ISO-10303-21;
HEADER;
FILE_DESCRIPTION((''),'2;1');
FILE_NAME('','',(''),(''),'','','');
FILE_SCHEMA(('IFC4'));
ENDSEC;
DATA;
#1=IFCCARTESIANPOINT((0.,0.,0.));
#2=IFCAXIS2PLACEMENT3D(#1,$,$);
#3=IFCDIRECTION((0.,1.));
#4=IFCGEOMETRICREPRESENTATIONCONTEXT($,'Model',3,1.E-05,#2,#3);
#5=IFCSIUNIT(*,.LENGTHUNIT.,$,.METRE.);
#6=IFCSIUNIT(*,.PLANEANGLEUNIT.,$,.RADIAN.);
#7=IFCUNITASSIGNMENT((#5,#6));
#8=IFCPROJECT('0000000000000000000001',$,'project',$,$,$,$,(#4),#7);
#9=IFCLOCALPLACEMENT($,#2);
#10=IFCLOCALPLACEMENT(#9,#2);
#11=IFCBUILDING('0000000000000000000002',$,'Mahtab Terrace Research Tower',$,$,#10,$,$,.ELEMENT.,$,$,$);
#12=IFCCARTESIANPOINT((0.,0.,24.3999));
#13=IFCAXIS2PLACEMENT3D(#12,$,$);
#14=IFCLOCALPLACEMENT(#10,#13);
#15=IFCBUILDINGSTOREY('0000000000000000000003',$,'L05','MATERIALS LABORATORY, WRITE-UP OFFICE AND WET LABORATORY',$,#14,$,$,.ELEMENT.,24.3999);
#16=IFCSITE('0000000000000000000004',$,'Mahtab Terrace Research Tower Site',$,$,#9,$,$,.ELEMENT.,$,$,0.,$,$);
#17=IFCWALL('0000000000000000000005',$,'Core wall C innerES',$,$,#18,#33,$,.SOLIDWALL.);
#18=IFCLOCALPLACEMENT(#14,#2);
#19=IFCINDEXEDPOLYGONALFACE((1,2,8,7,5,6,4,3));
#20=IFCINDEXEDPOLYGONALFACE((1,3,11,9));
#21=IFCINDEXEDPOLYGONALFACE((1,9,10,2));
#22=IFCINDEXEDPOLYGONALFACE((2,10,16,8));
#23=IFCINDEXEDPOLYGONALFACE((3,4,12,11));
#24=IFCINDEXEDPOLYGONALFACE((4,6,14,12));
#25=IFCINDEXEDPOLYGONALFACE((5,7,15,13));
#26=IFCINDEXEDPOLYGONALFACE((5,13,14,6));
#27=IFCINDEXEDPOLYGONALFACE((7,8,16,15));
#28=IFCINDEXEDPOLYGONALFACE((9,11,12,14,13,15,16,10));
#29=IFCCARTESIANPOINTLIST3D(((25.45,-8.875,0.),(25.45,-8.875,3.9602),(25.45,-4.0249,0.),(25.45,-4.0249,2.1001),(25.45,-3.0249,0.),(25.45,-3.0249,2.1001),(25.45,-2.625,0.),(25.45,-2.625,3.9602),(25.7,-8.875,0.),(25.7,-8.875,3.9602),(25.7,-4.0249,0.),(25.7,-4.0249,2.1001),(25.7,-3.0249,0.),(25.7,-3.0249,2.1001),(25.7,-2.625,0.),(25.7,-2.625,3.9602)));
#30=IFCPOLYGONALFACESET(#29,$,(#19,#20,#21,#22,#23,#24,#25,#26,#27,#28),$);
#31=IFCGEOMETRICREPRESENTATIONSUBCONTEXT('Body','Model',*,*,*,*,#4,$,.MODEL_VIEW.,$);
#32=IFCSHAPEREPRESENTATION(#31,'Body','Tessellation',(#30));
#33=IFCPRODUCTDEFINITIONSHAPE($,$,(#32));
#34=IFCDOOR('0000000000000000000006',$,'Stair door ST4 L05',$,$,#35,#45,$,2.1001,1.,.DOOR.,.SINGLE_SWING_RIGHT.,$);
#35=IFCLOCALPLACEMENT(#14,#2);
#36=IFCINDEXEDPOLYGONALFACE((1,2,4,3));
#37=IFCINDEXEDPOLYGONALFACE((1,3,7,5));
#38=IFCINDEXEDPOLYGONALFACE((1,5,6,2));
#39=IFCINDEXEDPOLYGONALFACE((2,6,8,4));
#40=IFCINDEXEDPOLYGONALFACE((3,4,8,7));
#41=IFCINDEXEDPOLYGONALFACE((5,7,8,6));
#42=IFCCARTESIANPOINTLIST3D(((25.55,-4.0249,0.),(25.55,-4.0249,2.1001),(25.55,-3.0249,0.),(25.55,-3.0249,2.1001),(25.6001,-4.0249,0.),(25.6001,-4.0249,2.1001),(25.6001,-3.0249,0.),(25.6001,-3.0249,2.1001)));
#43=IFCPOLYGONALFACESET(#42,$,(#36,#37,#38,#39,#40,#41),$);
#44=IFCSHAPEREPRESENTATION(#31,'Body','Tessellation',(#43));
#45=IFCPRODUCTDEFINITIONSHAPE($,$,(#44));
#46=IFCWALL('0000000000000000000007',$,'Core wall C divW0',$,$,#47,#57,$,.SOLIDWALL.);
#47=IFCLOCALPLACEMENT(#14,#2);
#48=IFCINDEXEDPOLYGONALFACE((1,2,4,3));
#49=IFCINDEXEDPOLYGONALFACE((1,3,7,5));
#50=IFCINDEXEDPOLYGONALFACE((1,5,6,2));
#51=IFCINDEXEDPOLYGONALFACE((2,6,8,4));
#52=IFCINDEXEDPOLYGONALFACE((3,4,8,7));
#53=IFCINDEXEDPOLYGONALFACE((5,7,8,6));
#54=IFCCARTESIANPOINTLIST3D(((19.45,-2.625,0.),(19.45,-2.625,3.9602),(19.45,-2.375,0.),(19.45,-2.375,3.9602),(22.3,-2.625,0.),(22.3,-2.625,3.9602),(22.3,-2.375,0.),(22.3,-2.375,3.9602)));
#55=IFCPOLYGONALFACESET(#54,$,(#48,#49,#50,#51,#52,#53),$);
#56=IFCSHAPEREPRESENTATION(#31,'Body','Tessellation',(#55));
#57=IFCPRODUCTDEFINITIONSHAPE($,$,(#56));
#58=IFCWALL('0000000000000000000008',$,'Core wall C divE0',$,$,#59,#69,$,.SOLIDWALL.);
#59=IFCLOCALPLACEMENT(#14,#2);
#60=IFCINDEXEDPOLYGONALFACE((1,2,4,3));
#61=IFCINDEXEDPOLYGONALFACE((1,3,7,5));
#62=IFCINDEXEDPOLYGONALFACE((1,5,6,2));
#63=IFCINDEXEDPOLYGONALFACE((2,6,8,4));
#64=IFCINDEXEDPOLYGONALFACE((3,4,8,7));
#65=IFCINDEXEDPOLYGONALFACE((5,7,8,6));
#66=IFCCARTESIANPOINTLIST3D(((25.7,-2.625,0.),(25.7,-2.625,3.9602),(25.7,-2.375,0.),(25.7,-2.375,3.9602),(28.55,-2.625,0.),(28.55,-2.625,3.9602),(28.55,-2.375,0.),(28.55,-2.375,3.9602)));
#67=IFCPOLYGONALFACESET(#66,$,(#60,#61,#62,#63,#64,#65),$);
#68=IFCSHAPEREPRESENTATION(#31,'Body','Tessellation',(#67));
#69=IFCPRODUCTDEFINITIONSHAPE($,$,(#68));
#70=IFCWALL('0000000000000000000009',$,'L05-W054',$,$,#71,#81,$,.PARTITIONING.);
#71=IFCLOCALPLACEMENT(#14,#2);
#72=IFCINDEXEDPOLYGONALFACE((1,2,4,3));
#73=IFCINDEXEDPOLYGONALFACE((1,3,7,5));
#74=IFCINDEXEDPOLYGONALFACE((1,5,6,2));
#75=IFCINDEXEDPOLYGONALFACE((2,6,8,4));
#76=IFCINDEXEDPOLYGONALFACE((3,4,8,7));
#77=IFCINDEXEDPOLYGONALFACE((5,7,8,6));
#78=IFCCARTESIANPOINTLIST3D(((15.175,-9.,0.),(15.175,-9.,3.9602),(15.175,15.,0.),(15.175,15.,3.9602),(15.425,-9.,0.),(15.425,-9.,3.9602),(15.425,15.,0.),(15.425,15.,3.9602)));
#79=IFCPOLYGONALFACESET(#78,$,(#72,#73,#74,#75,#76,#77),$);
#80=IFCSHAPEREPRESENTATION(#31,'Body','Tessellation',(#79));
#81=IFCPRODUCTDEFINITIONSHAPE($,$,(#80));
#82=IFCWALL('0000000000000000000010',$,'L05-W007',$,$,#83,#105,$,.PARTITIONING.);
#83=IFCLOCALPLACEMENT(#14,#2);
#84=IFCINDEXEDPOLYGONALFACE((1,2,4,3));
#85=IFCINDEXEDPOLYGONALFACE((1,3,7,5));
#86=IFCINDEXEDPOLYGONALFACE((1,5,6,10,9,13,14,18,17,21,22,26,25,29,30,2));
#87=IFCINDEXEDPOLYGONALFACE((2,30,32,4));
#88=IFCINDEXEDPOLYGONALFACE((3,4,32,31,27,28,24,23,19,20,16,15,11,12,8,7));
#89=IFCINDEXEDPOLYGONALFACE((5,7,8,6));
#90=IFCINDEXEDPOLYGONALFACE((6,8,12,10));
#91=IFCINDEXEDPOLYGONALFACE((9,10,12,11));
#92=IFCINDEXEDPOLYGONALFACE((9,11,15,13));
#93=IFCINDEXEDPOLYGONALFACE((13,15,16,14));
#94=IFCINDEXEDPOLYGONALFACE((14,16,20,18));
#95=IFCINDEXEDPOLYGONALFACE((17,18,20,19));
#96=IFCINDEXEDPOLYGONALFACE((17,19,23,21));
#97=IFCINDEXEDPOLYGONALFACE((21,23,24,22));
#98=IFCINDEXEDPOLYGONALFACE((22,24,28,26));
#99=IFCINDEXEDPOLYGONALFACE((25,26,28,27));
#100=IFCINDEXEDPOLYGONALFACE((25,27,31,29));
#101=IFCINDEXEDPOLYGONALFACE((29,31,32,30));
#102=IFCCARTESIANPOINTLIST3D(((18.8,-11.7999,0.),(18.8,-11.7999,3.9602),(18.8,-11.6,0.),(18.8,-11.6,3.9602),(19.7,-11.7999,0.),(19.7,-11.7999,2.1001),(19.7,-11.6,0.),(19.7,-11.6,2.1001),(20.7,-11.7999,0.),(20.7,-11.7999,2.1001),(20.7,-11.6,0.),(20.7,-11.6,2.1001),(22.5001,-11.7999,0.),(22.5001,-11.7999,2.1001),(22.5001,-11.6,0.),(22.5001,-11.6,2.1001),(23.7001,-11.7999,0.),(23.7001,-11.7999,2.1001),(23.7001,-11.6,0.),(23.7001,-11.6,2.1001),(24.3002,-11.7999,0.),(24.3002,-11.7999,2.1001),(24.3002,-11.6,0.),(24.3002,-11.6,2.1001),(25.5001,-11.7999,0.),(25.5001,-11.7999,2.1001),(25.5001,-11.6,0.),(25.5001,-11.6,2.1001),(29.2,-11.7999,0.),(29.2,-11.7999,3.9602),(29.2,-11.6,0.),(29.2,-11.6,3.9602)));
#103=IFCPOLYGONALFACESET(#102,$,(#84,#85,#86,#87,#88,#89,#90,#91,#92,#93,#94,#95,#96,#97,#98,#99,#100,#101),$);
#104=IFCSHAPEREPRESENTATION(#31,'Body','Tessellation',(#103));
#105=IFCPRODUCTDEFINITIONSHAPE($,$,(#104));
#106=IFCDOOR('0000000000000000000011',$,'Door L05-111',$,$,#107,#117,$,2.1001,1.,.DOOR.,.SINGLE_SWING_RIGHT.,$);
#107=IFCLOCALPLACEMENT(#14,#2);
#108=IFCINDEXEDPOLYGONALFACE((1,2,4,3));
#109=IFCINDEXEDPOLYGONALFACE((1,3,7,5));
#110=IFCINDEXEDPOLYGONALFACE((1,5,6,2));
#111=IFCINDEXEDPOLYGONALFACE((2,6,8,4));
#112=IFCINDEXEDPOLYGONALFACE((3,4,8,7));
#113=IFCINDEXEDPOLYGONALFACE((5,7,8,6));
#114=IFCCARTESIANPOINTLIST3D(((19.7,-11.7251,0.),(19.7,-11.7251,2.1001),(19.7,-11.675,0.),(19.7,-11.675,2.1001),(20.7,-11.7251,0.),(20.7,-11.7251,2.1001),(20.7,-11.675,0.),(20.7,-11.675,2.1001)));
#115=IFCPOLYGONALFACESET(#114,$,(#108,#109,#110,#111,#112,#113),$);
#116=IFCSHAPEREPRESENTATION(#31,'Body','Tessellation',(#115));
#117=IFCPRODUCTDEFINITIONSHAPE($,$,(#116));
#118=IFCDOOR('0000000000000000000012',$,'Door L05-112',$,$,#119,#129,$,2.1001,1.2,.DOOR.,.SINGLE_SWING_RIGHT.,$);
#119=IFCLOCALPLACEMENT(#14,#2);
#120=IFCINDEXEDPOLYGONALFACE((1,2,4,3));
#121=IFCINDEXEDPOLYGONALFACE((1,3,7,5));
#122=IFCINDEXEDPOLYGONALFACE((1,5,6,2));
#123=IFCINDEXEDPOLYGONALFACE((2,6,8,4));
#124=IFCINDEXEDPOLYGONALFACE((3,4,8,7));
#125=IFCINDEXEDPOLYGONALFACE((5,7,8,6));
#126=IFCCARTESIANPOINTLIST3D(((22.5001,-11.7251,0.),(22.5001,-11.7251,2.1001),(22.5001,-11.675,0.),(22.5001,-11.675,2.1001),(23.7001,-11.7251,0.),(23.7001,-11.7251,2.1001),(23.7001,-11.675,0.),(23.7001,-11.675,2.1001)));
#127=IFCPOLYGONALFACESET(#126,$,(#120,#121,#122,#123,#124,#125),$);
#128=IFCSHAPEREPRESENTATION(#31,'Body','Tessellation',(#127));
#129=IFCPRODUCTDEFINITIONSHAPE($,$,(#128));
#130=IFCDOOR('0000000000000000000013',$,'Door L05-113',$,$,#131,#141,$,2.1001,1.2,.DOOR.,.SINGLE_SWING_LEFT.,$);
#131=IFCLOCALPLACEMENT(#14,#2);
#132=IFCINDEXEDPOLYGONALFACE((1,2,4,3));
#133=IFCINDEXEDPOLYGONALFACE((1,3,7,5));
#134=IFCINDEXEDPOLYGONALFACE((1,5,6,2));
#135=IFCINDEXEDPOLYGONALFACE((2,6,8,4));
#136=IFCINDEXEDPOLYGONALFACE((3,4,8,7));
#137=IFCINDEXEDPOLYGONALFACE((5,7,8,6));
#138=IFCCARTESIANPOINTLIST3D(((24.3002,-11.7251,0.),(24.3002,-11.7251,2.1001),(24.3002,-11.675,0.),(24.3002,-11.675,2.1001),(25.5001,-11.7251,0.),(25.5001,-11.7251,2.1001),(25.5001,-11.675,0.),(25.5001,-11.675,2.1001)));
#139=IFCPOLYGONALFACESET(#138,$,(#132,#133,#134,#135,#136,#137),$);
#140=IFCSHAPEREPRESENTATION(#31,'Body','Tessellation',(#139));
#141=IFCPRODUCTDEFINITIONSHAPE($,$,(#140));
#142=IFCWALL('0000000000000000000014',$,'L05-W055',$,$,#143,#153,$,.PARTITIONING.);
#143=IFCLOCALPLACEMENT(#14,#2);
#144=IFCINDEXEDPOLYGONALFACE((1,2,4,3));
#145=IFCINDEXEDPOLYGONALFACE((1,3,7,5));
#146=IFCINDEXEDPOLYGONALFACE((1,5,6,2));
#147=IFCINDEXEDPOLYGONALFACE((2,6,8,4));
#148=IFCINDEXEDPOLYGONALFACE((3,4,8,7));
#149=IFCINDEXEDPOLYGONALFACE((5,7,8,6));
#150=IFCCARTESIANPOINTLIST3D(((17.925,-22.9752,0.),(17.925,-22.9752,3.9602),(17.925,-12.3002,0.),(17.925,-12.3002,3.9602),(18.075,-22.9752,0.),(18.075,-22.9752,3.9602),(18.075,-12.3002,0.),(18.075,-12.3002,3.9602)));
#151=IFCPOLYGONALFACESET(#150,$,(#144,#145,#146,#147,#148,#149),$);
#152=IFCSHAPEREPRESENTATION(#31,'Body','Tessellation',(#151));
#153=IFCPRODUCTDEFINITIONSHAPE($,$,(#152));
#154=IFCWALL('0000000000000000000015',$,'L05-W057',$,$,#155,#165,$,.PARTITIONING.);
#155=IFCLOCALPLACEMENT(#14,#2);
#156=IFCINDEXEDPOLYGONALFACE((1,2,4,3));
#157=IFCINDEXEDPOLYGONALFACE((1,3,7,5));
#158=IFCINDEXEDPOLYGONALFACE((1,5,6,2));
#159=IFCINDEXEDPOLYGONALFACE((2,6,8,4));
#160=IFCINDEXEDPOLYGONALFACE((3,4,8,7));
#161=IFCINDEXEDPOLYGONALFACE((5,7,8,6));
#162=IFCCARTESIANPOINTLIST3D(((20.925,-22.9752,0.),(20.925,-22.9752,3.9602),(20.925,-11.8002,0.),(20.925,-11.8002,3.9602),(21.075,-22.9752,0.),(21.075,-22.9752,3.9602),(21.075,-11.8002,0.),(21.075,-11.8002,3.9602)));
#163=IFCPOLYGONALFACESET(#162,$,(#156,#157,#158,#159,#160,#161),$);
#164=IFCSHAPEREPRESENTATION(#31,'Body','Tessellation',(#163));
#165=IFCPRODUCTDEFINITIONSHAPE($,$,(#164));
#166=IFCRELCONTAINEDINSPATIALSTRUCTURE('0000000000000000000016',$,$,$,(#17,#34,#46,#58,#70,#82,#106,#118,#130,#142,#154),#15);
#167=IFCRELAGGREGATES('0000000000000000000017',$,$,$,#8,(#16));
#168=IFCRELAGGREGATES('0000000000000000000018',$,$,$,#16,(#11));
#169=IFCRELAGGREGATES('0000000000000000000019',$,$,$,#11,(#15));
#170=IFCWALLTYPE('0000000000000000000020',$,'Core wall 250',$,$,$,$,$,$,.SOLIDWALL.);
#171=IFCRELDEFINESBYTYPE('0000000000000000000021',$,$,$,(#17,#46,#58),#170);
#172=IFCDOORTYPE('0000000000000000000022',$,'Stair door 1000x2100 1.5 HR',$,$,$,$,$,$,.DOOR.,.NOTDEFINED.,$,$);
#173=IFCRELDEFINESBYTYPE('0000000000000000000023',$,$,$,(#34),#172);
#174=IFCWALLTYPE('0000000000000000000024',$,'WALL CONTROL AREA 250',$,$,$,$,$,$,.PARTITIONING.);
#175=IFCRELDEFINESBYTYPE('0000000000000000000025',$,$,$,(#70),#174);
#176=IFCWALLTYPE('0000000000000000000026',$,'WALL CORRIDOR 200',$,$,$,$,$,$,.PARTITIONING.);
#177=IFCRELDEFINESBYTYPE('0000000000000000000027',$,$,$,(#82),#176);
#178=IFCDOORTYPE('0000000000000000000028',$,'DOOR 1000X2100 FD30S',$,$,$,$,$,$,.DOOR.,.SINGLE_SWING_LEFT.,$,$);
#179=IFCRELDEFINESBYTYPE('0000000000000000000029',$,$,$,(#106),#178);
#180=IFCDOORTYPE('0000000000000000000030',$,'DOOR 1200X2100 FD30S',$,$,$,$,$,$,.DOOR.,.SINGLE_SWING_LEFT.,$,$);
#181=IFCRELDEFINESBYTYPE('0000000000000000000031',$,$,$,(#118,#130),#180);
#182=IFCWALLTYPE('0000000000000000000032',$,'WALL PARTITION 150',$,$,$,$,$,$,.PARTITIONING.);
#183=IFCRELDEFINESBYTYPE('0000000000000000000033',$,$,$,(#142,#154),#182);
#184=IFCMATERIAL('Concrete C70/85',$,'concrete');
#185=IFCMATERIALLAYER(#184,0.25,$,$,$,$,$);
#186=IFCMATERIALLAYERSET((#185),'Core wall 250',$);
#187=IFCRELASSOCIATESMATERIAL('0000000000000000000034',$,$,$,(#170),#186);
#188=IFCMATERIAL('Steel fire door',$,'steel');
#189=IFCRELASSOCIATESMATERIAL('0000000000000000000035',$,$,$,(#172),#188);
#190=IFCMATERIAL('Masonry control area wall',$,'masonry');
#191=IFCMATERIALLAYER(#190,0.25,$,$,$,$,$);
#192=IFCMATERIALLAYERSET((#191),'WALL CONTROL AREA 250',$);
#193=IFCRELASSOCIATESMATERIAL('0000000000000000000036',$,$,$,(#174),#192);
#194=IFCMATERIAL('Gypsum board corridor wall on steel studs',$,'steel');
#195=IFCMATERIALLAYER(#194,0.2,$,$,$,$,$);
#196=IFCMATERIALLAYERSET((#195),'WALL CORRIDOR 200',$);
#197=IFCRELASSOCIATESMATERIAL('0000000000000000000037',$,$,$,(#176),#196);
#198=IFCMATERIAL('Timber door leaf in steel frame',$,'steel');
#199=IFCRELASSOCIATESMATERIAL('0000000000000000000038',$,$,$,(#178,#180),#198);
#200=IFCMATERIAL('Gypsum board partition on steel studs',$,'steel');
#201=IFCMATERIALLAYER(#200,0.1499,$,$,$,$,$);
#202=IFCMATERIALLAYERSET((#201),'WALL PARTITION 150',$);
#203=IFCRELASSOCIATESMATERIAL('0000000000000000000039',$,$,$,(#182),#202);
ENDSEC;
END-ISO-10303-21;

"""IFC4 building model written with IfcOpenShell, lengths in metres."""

from ifc_helpers import new_model, si_unit, direction, frame, frame_2d, origin, place, context, subcontext, project, spatial, rectangle, extrude, material, layer, layer_set, type_object, element, fill, save


model = new_model("IFC4")

# Units and contexts
model_context = context("Model", 3, precision=1e-05, world=origin(), true_north=direction((0.0, 1.0)))
body_context = subcontext(model_context, "Body", "Model", "MODEL_VIEW")
ifc_project = project(units=[si_unit("LENGTHUNIT", "METRE"), si_unit("PLANEANGLEUNIT", "RADIAN")], contexts=[model_context])

# Site, building, storey
site_placement = place(None, origin())
site = spatial("IfcSite", under=ifc_project, at=site_placement, Name="Mahtab Terrace Research Tower Site", CompositionType="ELEMENT", RefElevation=0.0)
building_placement = place(site_placement, origin())
building = spatial("IfcBuilding", under=site, at=building_placement, Name="Mahtab Terrace Research Tower", CompositionType="ELEMENT")
storey_placement = place(building_placement, frame((0.0, 0.0, 24.3999)))
storey = spatial("IfcBuildingStorey", under=building, at=storey_placement, Name="L05", Description="MATERIALS LABORATORY, WRITE-UP OFFICE AND WET LABORATORY", CompositionType="ELEMENT", Elevation=24.3999)

# Shared definitions
ifc_material_1 = material(Name="Concrete C70/85", Category="concrete")

# Shared definitions
ifc_layer_1 = layer(ifc_material_1, 0.25)
ifc_layer_set_1 = layer_set([ifc_layer_1], Name="Core wall 250")
wall_type_1 = type_object("IfcWallType", Name="Core wall 250", PredefinedType="SOLIDWALL", material=ifc_layer_set_1)
ifc_material_2 = material(Name="Steel fire door", Category="steel")

# Wall, opening, door
wall_1_placement = place(storey_placement, frame((25.575, -8.875, 0.0), z_axis=(0.0, 0.0, 1.0), x_axis=(0.0, 1.0, 0.0)))
wall_1 = element("IfcWall", 1, at=wall_1_placement, inside=storey, type_object=wall_type_1, Name="Core wall C innerES", PredefinedType="SOLIDWALL", context=body_context, shape_type="SweptSolid", body=[
    extrude(rectangle(XDim=6.25, YDim=0.25, at=frame_2d((3.125, 0.0))), origin(), (0.0, 0.0, 1.0), 3.9602),
])
opening_1_placement = place(wall_1_placement, frame((4.8501, 0.0, 0.0)))
opening_1 = element("IfcOpeningElement", 2, at=opening_1_placement, cuts=wall_1, PredefinedType="OPENING", context=body_context, shape_type="SweptSolid", body=[
    extrude(rectangle(XDim=1.0, YDim=2.1001, at=frame_2d((0.5, 1.05))), frame((0.0, 0.135, 0.0), z_axis=(0.0, -1.0, 0.0), x_axis=(1.0, 0.0, 0.0)), (0.0, 0.0, 1.0), 0.27),
])
door_type_1 = type_object("IfcDoorType", Name="Stair door 1000x2100 1.5 HR", OperationType="NOTDEFINED", PredefinedType="DOOR", material=ifc_material_2)
door_1_placement = place(opening_1_placement, origin())
door_1 = element("IfcDoor", 3, at=door_1_placement, inside=storey, type_object=door_type_1, Name="Stair door ST4 L05", OperationType="SINGLE_SWING_RIGHT", OverallHeight=2.1001, OverallWidth=1.0, PredefinedType="DOOR", context=body_context, shape_type="SweptSolid", body=[
    extrude(rectangle(XDim=1.0, YDim=2.1001, at=frame_2d((0.5, 1.05))), frame((0.0, 0.0249, 0.0), z_axis=(0.0, -1.0, 0.0), x_axis=(1.0, 0.0, 0.0)), (0.0, 0.0, 1.0), 0.05),
])
fill(opening_1, door_1)

# Walls
for number, where, z_axis, x_axis, name in (
    (4, (19.45, -2.5, 0.0), (0.0, 0.0, 1.0), (1.0, 0.0, 0.0), "Core wall C divW0"),
    (5, (25.7, -2.5, 0.0), (0.0, 0.0, 1.0), (1.0, 0.0, 0.0), "Core wall C divE0"),
):
    element("IfcWall", number, at=place(storey_placement, frame(where, z_axis=z_axis, x_axis=x_axis)), inside=storey, type_object=wall_type_1, Name=name, PredefinedType="SOLIDWALL", context=body_context, shape_type="SweptSolid", body=[
        extrude(rectangle(XDim=2.8501, YDim=0.25, at=frame_2d((1.425, 0.0))), origin(), (0.0, 0.0, 1.0), 3.9602),
    ])
ifc_material_3 = material(Name="Masonry control area wall", Category="masonry")
ifc_layer_2 = layer(ifc_material_3, 0.25)
ifc_layer_set_2 = layer_set([ifc_layer_2], Name="WALL CONTROL AREA 250")
wall_type_2 = type_object("IfcWallType", Name="WALL CONTROL AREA 250", PredefinedType="PARTITIONING", material=ifc_layer_set_2)
wall_2_placement = place(storey_placement, frame((15.3, -9.0, 0.0), z_axis=(0.0, 0.0, 1.0), x_axis=(0.0, 1.0, 0.0)))
element("IfcWall", 6, at=wall_2_placement, inside=storey, type_object=wall_type_2, Name="L05-W054", PredefinedType="PARTITIONING", context=body_context, shape_type="SweptSolid", body=[
    extrude(rectangle(XDim=24.0, YDim=0.25, at=frame_2d((12.0, 0.0))), origin(), (0.0, 0.0, 1.0), 3.9602),
])

# Wall, openings, doors
ifc_material_4 = material(Name="Gypsum board corridor wall on steel studs", Category="steel")
ifc_layer_3 = layer(ifc_material_4, 0.2)
ifc_layer_set_3 = layer_set([ifc_layer_3], Name="WALL CORRIDOR 200")
wall_type_3 = type_object("IfcWallType", Name="WALL CORRIDOR 200", PredefinedType="PARTITIONING", material=ifc_layer_set_3)
wall_3_placement = place(storey_placement, frame((18.8, -11.7, 0.0), z_axis=(0.0, 0.0, 1.0), x_axis=(1.0, 0.0, 0.0)))
wall_3 = element("IfcWall", 7, at=wall_3_placement, inside=storey, type_object=wall_type_3, Name="L05-W007", PredefinedType="PARTITIONING", context=body_context, shape_type="SweptSolid", body=[
    extrude(rectangle(XDim=10.3999, YDim=0.2, at=frame_2d((5.2, 0.0))), origin(), (0.0, 0.0, 1.0), 3.9602),
])
opening_2_placement = place(wall_3_placement, frame((0.8999, 0.0, 0.0)))
opening_2 = element("IfcOpeningElement", 8, at=opening_2_placement, cuts=wall_3, PredefinedType="OPENING", context=body_context, shape_type="SweptSolid", body=[
    extrude(rectangle(XDim=1.0, YDim=2.1001, at=frame_2d((0.5, 1.05))), frame((0.0, 0.1099, 0.0), z_axis=(0.0, -1.0, 0.0), x_axis=(1.0, 0.0, 0.0)), (0.0, 0.0, 1.0), 0.22),
])
opening_3_placement = place(wall_3_placement, frame((3.7, 0.0, 0.0)))
opening_3 = element("IfcOpeningElement", 9, at=opening_3_placement, cuts=wall_3, PredefinedType="OPENING", context=body_context, shape_type="SweptSolid", body=[
    extrude(rectangle(XDim=1.2, YDim=2.1001, at=frame_2d((0.6001, 1.05))), frame((0.0, 0.1099, 0.0), z_axis=(0.0, -1.0, 0.0), x_axis=(1.0, 0.0, 0.0)), (0.0, 0.0, 1.0), 0.22),
])
opening_4_placement = place(wall_3_placement, frame((5.5, 0.0, 0.0)))
opening_4 = element("IfcOpeningElement", 10, at=opening_4_placement, cuts=wall_3, PredefinedType="OPENING", context=body_context, shape_type="SweptSolid", body=[
    extrude(rectangle(XDim=1.2, YDim=2.1001, at=frame_2d((0.6001, 1.05))), frame((0.0, 0.1099, 0.0), z_axis=(0.0, -1.0, 0.0), x_axis=(1.0, 0.0, 0.0)), (0.0, 0.0, 1.0), 0.22),
])
ifc_material_5 = material(Name="Timber door leaf in steel frame", Category="steel")
door_type_2 = type_object("IfcDoorType", Name="DOOR 1000X2100 FD30S", OperationType="SINGLE_SWING_LEFT", PredefinedType="DOOR", material=ifc_material_5)
door_2_placement = place(opening_2_placement, origin())
door_2 = element("IfcDoor", 11, at=door_2_placement, inside=storey, type_object=door_type_2, Name="Door L05-111", OperationType="SINGLE_SWING_RIGHT", OverallHeight=2.1001, OverallWidth=1.0, PredefinedType="DOOR", context=body_context, shape_type="SweptSolid", body=[
    extrude(rectangle(XDim=1.0, YDim=2.1001, at=frame_2d((0.5, 1.05))), frame((0.0, 0.0249, 0.0), z_axis=(0.0, -1.0, 0.0), x_axis=(1.0, 0.0, 0.0)), (0.0, 0.0, 1.0), 0.05),
])
fill(opening_2, door_2)
door_type_3 = type_object("IfcDoorType", Name="DOOR 1200X2100 FD30S", OperationType="SINGLE_SWING_LEFT", PredefinedType="DOOR", material=ifc_material_5)
door_3_placement = place(opening_3_placement, origin())
door_3 = element("IfcDoor", 12, at=door_3_placement, inside=storey, type_object=door_type_3, Name="Door L05-112", OperationType="SINGLE_SWING_RIGHT", OverallHeight=2.1001, OverallWidth=1.2, PredefinedType="DOOR", context=body_context, shape_type="SweptSolid", body=[
    extrude(rectangle(XDim=1.2, YDim=2.1001, at=frame_2d((0.6001, 1.05))), frame((0.0, 0.0249, 0.0), z_axis=(0.0, -1.0, 0.0), x_axis=(1.0, 0.0, 0.0)), (0.0, 0.0, 1.0), 0.05),
])
fill(opening_3, door_3)
door_4_placement = place(opening_4_placement, origin())
door_4 = element("IfcDoor", 13, at=door_4_placement, inside=storey, type_object=door_type_3, Name="Door L05-113", OperationType="SINGLE_SWING_LEFT", OverallHeight=2.1001, OverallWidth=1.2, PredefinedType="DOOR", context=body_context, shape_type="SweptSolid", body=[
    extrude(rectangle(XDim=1.2, YDim=2.1001, at=frame_2d((0.6001, 1.05))), frame((0.0, 0.0249, 0.0), z_axis=(0.0, -1.0, 0.0), x_axis=(1.0, 0.0, 0.0)), (0.0, 0.0, 1.0), 0.05),
])
fill(opening_4, door_4)

# Walls
ifc_material_6 = material(Name="Gypsum board partition on steel studs", Category="steel")
ifc_layer_4 = layer(ifc_material_6, 0.1499)
ifc_layer_set_4 = layer_set([ifc_layer_4], Name="WALL PARTITION 150")
wall_type_4 = type_object("IfcWallType", Name="WALL PARTITION 150", PredefinedType="PARTITIONING", material=ifc_layer_set_4)
wall_4_placement = place(storey_placement, frame((18.0, -22.9751, 0.0), z_axis=(0.0, 0.0, 1.0), x_axis=(0.0, 1.0, 0.0)))
element("IfcWall", 14, at=wall_4_placement, inside=storey, type_object=wall_type_4, Name="L05-W055", PredefinedType="PARTITIONING", context=body_context, shape_type="SweptSolid", body=[
    extrude(rectangle(XDim=10.675, YDim=0.1499, at=frame_2d((5.3374, 0.0))), origin(), (0.0, 0.0, 1.0), 3.9602),
])
for number, where, z_axis, x_axis, name in (
    (15, (21.0, -22.9751, 0.0), (0.0, 0.0, 1.0), (0.0, 1.0, 0.0), "L05-W057"),
):
    element("IfcWall", number, at=place(storey_placement, frame(where, z_axis=z_axis, x_axis=x_axis)), inside=storey, type_object=wall_type_4, Name=name, PredefinedType="PARTITIONING", context=body_context, shape_type="SweptSolid", body=[
        extrude(rectangle(XDim=11.175, YDim=0.1499, at=frame_2d((5.5874, 0.0))), origin(), (0.0, 0.0, 1.0), 3.9602),
    ])

save(model, "model.ifc")
